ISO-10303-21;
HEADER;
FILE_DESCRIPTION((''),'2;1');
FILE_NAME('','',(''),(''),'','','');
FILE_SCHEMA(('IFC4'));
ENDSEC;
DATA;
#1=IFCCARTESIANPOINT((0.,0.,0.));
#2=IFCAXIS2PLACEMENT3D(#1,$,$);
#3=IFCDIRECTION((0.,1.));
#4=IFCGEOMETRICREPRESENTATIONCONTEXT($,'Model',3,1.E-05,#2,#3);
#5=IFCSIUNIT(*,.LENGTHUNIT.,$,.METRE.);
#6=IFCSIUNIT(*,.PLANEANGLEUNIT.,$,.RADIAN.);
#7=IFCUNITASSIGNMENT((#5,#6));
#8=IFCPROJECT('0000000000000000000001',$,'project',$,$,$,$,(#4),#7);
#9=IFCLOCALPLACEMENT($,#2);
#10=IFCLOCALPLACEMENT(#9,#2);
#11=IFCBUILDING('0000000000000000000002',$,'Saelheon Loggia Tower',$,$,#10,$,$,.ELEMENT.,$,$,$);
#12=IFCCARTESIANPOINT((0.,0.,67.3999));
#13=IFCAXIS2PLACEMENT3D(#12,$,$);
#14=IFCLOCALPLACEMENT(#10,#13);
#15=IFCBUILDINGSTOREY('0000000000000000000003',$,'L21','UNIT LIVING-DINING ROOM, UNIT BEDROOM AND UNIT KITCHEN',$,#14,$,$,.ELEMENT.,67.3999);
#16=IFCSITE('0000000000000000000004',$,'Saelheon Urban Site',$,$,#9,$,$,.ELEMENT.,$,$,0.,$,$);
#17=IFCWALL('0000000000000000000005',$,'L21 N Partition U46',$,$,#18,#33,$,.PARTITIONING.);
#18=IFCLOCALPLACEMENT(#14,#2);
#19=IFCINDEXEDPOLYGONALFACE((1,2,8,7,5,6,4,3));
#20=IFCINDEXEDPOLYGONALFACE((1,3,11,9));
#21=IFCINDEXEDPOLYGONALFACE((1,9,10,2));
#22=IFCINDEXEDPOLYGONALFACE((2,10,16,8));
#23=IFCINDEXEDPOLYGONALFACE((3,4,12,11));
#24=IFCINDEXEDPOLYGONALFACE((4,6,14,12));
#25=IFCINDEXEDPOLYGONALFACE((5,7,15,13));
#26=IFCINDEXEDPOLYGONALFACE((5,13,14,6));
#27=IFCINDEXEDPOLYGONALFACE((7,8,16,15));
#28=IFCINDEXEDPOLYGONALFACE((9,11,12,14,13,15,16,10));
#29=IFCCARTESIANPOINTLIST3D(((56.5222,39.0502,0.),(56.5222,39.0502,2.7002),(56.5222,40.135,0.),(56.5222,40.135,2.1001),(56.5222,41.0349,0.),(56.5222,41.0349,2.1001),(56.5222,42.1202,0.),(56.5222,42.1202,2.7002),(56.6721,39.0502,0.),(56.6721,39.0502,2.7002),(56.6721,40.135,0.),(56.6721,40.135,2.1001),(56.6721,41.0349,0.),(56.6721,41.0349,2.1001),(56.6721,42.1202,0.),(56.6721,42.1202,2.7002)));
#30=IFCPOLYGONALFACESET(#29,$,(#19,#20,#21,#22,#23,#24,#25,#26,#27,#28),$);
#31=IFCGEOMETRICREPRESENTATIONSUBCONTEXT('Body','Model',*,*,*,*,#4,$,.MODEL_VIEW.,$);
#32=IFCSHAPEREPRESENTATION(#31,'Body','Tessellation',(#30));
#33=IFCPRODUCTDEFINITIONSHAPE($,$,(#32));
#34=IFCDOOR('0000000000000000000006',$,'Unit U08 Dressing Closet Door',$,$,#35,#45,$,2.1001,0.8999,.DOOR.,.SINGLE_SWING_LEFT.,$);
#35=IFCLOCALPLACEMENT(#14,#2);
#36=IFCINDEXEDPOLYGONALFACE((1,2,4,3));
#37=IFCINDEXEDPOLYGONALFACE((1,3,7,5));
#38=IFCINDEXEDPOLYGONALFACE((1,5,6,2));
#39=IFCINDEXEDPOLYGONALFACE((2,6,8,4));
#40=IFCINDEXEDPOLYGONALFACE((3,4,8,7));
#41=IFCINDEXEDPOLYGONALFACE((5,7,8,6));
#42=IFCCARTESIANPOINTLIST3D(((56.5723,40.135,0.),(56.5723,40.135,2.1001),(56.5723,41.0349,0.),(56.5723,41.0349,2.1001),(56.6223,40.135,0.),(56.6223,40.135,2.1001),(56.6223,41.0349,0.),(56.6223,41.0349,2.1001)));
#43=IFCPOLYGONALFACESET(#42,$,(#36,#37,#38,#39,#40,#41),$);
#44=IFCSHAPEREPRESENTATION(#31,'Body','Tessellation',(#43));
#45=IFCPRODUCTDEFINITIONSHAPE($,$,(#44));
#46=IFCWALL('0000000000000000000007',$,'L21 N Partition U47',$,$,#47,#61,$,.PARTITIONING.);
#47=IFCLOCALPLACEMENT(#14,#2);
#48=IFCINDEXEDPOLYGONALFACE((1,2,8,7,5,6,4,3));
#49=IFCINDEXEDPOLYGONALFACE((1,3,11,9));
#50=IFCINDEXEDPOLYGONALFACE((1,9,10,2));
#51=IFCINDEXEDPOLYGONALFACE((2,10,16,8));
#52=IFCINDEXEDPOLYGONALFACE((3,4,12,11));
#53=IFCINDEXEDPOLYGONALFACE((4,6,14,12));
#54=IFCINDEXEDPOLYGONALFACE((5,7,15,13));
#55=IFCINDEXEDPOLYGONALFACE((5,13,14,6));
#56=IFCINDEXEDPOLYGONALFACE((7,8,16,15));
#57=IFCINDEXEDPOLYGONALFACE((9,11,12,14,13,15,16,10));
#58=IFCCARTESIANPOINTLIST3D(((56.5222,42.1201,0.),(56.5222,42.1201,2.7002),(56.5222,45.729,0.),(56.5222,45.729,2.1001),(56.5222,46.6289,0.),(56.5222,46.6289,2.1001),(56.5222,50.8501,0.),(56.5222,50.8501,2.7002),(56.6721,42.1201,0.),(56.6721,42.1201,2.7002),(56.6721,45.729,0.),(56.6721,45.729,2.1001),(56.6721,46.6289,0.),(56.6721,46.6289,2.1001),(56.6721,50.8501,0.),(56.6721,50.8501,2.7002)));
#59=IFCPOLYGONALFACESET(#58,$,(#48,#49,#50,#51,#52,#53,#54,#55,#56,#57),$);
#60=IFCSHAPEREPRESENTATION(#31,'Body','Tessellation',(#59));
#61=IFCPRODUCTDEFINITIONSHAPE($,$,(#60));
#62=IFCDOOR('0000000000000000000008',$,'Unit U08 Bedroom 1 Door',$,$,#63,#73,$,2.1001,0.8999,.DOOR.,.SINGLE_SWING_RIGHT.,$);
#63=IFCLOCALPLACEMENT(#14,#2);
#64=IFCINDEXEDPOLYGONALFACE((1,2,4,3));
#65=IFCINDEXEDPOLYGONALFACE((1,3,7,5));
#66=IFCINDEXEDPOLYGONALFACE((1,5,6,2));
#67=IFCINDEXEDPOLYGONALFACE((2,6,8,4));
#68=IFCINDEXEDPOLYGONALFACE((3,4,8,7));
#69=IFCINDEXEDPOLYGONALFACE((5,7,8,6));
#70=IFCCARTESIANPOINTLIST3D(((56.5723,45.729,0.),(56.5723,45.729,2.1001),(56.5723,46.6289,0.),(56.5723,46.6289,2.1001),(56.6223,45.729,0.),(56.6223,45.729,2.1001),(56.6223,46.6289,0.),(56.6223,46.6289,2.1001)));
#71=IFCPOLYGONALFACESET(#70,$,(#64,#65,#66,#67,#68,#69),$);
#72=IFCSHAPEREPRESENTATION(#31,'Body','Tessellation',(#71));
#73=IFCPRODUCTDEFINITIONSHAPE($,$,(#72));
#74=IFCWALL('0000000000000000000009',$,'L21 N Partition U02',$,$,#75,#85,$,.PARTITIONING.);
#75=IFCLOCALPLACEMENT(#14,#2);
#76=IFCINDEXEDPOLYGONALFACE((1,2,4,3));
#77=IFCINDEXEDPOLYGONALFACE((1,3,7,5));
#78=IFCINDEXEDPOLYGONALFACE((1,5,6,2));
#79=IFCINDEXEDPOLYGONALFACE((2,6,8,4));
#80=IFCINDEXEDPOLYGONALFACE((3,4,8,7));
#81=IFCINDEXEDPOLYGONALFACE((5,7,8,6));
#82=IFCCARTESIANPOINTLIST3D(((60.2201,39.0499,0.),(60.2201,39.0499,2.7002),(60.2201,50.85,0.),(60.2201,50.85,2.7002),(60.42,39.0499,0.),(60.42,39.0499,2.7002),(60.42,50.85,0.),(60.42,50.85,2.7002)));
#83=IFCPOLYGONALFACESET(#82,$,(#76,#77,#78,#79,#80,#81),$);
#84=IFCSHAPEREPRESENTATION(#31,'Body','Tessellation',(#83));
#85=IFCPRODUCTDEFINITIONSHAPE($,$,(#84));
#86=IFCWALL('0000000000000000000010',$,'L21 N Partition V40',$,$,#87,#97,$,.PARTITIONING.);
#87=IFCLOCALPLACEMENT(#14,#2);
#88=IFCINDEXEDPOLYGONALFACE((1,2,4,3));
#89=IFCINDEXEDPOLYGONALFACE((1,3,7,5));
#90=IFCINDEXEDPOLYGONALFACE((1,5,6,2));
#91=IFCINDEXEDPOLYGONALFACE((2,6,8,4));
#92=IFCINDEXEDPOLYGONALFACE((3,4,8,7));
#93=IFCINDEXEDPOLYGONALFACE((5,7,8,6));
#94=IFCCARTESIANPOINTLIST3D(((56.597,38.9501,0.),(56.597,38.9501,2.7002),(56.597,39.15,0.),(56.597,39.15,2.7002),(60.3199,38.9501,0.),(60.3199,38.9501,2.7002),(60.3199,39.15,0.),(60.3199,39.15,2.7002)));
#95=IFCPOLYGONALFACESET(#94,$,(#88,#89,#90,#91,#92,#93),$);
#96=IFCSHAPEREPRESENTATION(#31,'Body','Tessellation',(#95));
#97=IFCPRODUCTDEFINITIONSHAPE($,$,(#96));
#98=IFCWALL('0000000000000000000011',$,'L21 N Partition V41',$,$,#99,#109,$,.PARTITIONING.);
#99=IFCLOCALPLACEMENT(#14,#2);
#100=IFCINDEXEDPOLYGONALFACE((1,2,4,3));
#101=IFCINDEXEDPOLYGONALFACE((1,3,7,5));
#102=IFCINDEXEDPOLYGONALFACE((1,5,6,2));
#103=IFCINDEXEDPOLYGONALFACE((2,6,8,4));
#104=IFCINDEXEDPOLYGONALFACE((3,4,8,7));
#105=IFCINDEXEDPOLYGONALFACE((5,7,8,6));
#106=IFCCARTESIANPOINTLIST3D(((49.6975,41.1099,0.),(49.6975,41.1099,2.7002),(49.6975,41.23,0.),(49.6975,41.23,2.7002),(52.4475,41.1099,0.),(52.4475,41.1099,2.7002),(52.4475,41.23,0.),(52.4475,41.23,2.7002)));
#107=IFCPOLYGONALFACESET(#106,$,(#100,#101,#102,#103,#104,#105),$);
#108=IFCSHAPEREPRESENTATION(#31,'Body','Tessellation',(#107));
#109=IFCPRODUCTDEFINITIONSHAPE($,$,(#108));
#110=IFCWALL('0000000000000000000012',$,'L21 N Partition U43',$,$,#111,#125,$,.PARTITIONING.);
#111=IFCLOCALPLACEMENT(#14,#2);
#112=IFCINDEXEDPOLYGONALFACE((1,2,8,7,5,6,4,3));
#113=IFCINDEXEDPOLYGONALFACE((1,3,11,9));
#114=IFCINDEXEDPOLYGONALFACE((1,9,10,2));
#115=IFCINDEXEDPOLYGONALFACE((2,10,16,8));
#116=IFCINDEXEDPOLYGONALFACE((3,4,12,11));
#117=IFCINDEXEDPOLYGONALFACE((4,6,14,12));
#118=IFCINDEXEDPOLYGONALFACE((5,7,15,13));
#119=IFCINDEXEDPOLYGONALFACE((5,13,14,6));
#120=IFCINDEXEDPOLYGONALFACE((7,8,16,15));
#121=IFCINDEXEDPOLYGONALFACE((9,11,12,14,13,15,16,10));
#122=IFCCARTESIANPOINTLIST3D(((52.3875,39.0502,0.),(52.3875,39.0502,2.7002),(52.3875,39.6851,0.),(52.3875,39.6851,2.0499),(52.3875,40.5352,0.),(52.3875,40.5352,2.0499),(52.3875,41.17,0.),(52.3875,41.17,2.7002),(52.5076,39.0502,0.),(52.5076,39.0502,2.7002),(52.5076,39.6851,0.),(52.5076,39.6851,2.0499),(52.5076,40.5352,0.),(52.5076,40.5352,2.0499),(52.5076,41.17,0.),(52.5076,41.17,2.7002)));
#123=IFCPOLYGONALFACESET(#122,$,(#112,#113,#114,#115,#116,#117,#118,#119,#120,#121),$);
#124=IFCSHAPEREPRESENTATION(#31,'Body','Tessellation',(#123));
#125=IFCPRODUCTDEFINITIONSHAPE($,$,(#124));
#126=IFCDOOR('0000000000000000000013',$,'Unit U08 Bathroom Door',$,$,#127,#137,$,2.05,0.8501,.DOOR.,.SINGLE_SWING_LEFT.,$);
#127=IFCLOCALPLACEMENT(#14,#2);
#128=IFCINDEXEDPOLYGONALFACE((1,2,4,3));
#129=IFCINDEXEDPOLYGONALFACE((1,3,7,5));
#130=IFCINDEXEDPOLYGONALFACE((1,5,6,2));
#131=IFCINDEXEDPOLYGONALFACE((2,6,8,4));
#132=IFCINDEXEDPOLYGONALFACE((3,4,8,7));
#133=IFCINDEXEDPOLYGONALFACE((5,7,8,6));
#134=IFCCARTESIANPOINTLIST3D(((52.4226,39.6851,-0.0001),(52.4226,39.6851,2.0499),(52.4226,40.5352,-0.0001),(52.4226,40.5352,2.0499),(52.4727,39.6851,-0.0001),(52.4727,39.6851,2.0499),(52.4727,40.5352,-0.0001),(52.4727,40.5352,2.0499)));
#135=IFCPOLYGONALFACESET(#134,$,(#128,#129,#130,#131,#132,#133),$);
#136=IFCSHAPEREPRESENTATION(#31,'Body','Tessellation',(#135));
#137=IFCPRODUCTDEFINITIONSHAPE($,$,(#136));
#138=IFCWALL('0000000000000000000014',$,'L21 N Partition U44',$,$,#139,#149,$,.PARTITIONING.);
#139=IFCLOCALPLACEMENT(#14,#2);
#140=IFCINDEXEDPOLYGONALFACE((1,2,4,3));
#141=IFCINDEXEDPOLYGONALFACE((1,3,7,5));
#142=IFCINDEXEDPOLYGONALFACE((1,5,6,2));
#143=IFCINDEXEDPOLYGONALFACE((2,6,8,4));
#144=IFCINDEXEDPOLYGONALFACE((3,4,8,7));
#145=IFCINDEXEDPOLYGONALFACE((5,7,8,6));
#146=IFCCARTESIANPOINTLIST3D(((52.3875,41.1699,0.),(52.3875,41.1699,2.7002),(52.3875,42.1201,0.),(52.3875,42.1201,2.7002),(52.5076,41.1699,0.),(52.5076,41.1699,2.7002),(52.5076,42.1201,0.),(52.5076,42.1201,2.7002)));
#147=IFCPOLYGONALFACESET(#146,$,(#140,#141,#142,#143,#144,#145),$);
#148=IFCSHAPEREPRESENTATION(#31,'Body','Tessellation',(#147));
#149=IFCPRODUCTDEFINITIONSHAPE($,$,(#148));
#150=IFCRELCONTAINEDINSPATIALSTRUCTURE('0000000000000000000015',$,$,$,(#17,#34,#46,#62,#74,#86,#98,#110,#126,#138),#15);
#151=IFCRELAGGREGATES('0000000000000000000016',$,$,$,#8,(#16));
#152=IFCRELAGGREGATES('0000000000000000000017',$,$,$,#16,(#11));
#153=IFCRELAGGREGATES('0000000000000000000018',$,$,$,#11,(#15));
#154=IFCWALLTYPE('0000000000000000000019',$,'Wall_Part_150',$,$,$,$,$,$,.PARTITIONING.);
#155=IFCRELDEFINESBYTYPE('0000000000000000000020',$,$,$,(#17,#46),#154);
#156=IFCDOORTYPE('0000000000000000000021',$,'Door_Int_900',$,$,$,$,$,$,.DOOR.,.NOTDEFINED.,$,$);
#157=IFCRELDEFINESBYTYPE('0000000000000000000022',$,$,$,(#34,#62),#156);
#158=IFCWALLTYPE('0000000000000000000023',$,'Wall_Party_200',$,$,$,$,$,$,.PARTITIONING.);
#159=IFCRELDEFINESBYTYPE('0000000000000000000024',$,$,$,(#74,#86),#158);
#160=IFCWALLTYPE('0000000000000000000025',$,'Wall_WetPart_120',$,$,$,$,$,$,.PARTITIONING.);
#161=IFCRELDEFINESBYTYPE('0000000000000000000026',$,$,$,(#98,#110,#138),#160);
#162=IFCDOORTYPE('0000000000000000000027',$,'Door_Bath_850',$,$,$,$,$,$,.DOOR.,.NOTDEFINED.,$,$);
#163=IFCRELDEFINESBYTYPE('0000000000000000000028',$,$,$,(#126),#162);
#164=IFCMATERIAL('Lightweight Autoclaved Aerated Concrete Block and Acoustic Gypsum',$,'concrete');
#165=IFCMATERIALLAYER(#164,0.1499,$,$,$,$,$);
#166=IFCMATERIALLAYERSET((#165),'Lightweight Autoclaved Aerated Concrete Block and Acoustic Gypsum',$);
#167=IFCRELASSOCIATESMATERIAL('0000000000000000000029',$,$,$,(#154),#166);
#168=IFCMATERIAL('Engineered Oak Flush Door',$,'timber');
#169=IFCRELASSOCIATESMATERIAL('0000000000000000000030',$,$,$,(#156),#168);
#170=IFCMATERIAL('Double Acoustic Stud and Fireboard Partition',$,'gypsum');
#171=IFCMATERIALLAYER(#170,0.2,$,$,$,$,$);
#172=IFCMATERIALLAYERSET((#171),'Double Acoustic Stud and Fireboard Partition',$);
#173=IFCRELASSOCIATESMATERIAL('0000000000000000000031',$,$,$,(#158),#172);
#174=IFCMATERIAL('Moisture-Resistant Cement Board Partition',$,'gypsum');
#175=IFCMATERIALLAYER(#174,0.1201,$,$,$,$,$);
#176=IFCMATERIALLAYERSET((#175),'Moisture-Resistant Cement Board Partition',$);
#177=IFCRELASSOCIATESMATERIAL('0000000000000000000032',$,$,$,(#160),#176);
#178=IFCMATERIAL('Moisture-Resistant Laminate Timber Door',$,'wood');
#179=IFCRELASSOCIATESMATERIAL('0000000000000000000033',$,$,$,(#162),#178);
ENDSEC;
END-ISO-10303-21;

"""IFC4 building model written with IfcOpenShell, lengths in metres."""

from ifc_helpers import new_model, si_unit, direction, frame, frame_2d, origin, place, context, subcontext, project, spatial, rectangle, extrude, source, transform, mapped, material, layer, layer_set, type_object, element, fill, save


model = new_model("IFC4")

# Units and contexts
model_context = context("Model", 3, precision=1e-05, world=origin(), true_north=direction((0.0, 1.0)))
body_context = subcontext(model_context, "Body", "Model", "MODEL_VIEW")
ifc_project = project(units=[si_unit("LENGTHUNIT", "METRE"), si_unit("PLANEANGLEUNIT", "RADIAN")], contexts=[model_context])

# Site, building, storey
site_placement = place(None, origin())
site = spatial("IfcSite", under=ifc_project, at=site_placement, Name="Saelheon Urban Site", CompositionType="ELEMENT", RefElevation=0.0)
building_placement = place(site_placement, origin())
building = spatial("IfcBuilding", under=site, at=building_placement, Name="Saelheon Loggia Tower", CompositionType="ELEMENT")
storey_placement = place(building_placement, frame((0.0, 0.0, 67.3999)))
storey = spatial("IfcBuildingStorey", under=building, at=storey_placement, Name="L21", Description="UNIT LIVING-DINING ROOM, UNIT BEDROOM AND UNIT KITCHEN", CompositionType="ELEMENT", Elevation=67.3999)

# Shared definitions
ifc_material_1 = material(Name="Lightweight Autoclaved Aerated Concrete Block and Acoustic Gypsum", Category="concrete")
ifc_layer_1 = layer(ifc_material_1, 0.1499)
ifc_layer_set_1 = layer_set([ifc_layer_1], Name="Lightweight Autoclaved Aerated Concrete Block and Acoustic Gypsum")
wall_type_1 = type_object("IfcWallType", Name="Wall_Part_150", PredefinedType="PARTITIONING", material=ifc_layer_set_1)
ifc_material_2 = material(Name="Engineered Oak Flush Door", Category="timber")
door_type_1 = type_object("IfcDoorType", Name="Door_Int_900", OperationType="NOTDEFINED", PredefinedType="DOOR", material=ifc_material_2)
shared_shape_1 = source(origin(), body_context, "Body", "SweptSolid", [
    extrude(rectangle(XDim=0.8999, YDim=2.1001, at=frame_2d((0.45, 1.05))), frame((0.0, 0.0249, 0.0), z_axis=(0.0, -1.0, 0.0), x_axis=(1.0, 0.0, 0.0)), (0.0, 0.0, 1.0), 0.05),
])

# Walls, openings, doors
wall_1_placement = place(storey_placement, frame((56.5972, 39.05, 0.0), z_axis=(0.0, 0.0, 1.0), x_axis=(0.0, 1.0, 0.0)))
wall_1 = element("IfcWall", 1, at=wall_1_placement, inside=storey, type_object=wall_type_1, Name="L21 N Partition U46", PredefinedType="PARTITIONING", context=body_context, shape_type="SweptSolid", body=[
    extrude(rectangle(XDim=3.0701, YDim=0.1499, at=frame_2d((1.5352, 0.0))), origin(), (0.0, 0.0, 1.0), 2.7002),
])
opening_1_placement = place(wall_1_placement, frame((1.085, 0.0, 0.0)))
opening_1 = element("IfcOpeningElement", 2, at=opening_1_placement, cuts=wall_1, PredefinedType="OPENING", context=body_context, shape_type="SweptSolid", body=[
    extrude(rectangle(XDim=0.8999, YDim=2.1001, at=frame_2d((0.45, 1.05))), frame((0.0, 0.0869, 0.0), z_axis=(0.0, -1.0, 0.0), x_axis=(1.0, 0.0, 0.0)), (0.0, 0.0, 1.0), 0.1738),
])
door_1_placement = place(opening_1_placement, origin())
door_1 = element("IfcDoor", 3, at=door_1_placement, inside=storey, type_object=door_type_1, Name="Unit U08 Dressing Closet Door", OperationType="SINGLE_SWING_LEFT", OverallHeight=2.1001, OverallWidth=0.8999, PredefinedType="DOOR", context=body_context, shape_type="MappedRepresentation", body=[
    mapped(shared_shape_1, transform((0.0, 0.0, 0.0), scale=1.0)),
])
fill(opening_1, door_1)
wall_2_placement = place(storey_placement, frame((56.5972, 42.1201, 0.0), z_axis=(0.0, 0.0, 1.0), x_axis=(0.0, 1.0, 0.0)))
wall_2 = element("IfcWall", 4, at=wall_2_placement, inside=storey, type_object=wall_type_1, Name="L21 N Partition U47", PredefinedType="PARTITIONING", context=body_context, shape_type="SweptSolid", body=[
    extrude(rectangle(XDim=8.73, YDim=0.1499, at=frame_2d((4.365, 0.0))), origin(), (0.0, 0.0, 1.0), 2.7002),
])
opening_2_placement = place(wall_2_placement, frame((3.6089, 0.0, 0.0)))
opening_2 = element("IfcOpeningElement", 5, at=opening_2_placement, cuts=wall_2, PredefinedType="OPENING", context=body_context, shape_type="SweptSolid", body=[
    extrude(rectangle(XDim=0.8999, YDim=2.1001, at=frame_2d((0.45, 1.05))), frame((0.0, 0.0869, 0.0), z_axis=(0.0, -1.0, 0.0), x_axis=(1.0, 0.0, 0.0)), (0.0, 0.0, 1.0), 0.1738),
])
door_2_placement = place(opening_2_placement, origin())
door_2 = element("IfcDoor", 6, at=door_2_placement, inside=storey, type_object=door_type_1, Name="Unit U08 Bedroom 1 Door", OperationType="SINGLE_SWING_RIGHT", OverallHeight=2.1001, OverallWidth=0.8999, PredefinedType="DOOR", context=body_context, shape_type="MappedRepresentation", body=[
    mapped(shared_shape_1, transform((0.0, 0.0, 0.0), scale=1.0)),
])
fill(opening_2, door_2)

# Wall
ifc_material_3 = material(Name="Double Acoustic Stud and Fireboard Partition", Category="gypsum")
ifc_layer_2 = layer(ifc_material_3, 0.2)
ifc_layer_set_2 = layer_set([ifc_layer_2], Name="Double Acoustic Stud and Fireboard Partition")
wall_type_2 = type_object("IfcWallType", Name="Wall_Party_200", PredefinedType="PARTITIONING", material=ifc_layer_set_2)
wall_3_placement = place(storey_placement, frame((60.3201, 39.05, 0.0), z_axis=(0.0, 0.0, 1.0), x_axis=(0.0, 1.0, 0.0)))
element("IfcWall", 7, at=wall_3_placement, inside=storey, type_object=wall_type_2, Name="L21 N Partition U02", PredefinedType="PARTITIONING", context=body_context, shape_type="SweptSolid", body=[
    extrude(rectangle(XDim=11.8, YDim=0.2, at=frame_2d((5.8999, 0.0))), origin(), (0.0, 0.0, 1.0), 2.7002),
])

# Walls
wall_4_placement = place(storey_placement, frame((56.5972, 39.05, 0.0), z_axis=(0.0, 0.0, 1.0), x_axis=(1.0, 0.0, 0.0)))
element("IfcWall", 8, at=wall_4_placement, inside=storey, type_object=wall_type_2, Name="L21 N Partition V40", PredefinedType="PARTITIONING", context=body_context, shape_type="SweptSolid", body=[
    extrude(rectangle(XDim=3.7229, YDim=0.2, at=frame_2d((1.8613, 0.0))), origin(), (0.0, 0.0, 1.0), 2.7002),
])
ifc_material_4 = material(Name="Moisture-Resistant Cement Board Partition", Category="gypsum")
ifc_layer_3 = layer(ifc_material_4, 0.1201)
ifc_layer_set_3 = layer_set([ifc_layer_3], Name="Moisture-Resistant Cement Board Partition")
wall_type_3 = type_object("IfcWallType", Name="Wall_WetPart_120", PredefinedType="PARTITIONING", material=ifc_layer_set_3)
wall_5_placement = place(storey_placement, frame((49.6975, 41.1699, 0.0), z_axis=(0.0, 0.0, 1.0), x_axis=(1.0, 0.0, 0.0)))
element("IfcWall", 9, at=wall_5_placement, inside=storey, type_object=wall_type_3, Name="L21 N Partition V41", PredefinedType="PARTITIONING", context=body_context, shape_type="SweptSolid", body=[
    extrude(rectangle(XDim=2.75, YDim=0.1201, at=frame_2d((1.375, 0.0))), origin(), (0.0, 0.0, 1.0), 2.7002),
])

# Wall, opening, door
wall_6_placement = place(storey_placement, frame((52.4475, 39.05, 0.0), z_axis=(0.0, 0.0, 1.0), x_axis=(0.0, 1.0, 0.0)))
wall_6 = element("IfcWall", 10, at=wall_6_placement, inside=storey, type_object=wall_type_3, Name="L21 N Partition U43", PredefinedType="PARTITIONING", context=body_context, shape_type="SweptSolid", body=[
    extrude(rectangle(XDim=2.1199, YDim=0.1201, at=frame_2d((1.0601, 0.0))), origin(), (0.0, 0.0, 1.0), 2.7002),
])
opening_3_placement = place(wall_6_placement, frame((0.635, 0.0, 0.0)))
opening_3 = element("IfcOpeningElement", 11, at=opening_3_placement, cuts=wall_6, PredefinedType="OPENING", context=body_context, shape_type="SweptSolid", body=[
    extrude(rectangle(XDim=0.8501, YDim=2.05, at=frame_2d((0.425, 1.0249))), frame((0.0, 0.072, 0.0), z_axis=(0.0, -1.0, 0.0), x_axis=(1.0, 0.0, 0.0)), (0.0, 0.0, 1.0), 0.144),
])
ifc_material_5 = material(Name="Moisture-Resistant Laminate Timber Door", Category="wood")
door_type_2 = type_object("IfcDoorType", Name="Door_Bath_850", OperationType="NOTDEFINED", PredefinedType="DOOR", material=ifc_material_5)
shared_shape_2 = source(origin(), body_context, "Body", "SweptSolid", [
    extrude(rectangle(XDim=0.8501, YDim=2.05, at=frame_2d((0.425, 1.0249))), frame((0.0, 0.0249, 0.0), z_axis=(0.0, -1.0, 0.0), x_axis=(1.0, 0.0, 0.0)), (0.0, 0.0, 1.0), 0.05),
])
door_3_placement = place(opening_3_placement, origin())
door_3 = element("IfcDoor", 12, at=door_3_placement, inside=storey, type_object=door_type_2, Name="Unit U08 Bathroom Door", OperationType="SINGLE_SWING_LEFT", OverallHeight=2.05, OverallWidth=0.8501, PredefinedType="DOOR", context=body_context, shape_type="MappedRepresentation", body=[
    mapped(shared_shape_2, transform((0.0, 0.0, 0.0), scale=1.0)),
])
fill(opening_3, door_3)

# Wall
wall_7_placement = place(storey_placement, frame((52.4475, 41.1699, 0.0), z_axis=(0.0, 0.0, 1.0), x_axis=(0.0, 1.0, 0.0)))
element("IfcWall", 13, at=wall_7_placement, inside=storey, type_object=wall_type_3, Name="L21 N Partition U44", PredefinedType="PARTITIONING", context=body_context, shape_type="SweptSolid", body=[
    extrude(rectangle(XDim=0.9502, YDim=0.1201, at=frame_2d((0.4751, 0.0))), origin(), (0.0, 0.0, 1.0), 2.7002),
])

save(model, "model.ifc")
